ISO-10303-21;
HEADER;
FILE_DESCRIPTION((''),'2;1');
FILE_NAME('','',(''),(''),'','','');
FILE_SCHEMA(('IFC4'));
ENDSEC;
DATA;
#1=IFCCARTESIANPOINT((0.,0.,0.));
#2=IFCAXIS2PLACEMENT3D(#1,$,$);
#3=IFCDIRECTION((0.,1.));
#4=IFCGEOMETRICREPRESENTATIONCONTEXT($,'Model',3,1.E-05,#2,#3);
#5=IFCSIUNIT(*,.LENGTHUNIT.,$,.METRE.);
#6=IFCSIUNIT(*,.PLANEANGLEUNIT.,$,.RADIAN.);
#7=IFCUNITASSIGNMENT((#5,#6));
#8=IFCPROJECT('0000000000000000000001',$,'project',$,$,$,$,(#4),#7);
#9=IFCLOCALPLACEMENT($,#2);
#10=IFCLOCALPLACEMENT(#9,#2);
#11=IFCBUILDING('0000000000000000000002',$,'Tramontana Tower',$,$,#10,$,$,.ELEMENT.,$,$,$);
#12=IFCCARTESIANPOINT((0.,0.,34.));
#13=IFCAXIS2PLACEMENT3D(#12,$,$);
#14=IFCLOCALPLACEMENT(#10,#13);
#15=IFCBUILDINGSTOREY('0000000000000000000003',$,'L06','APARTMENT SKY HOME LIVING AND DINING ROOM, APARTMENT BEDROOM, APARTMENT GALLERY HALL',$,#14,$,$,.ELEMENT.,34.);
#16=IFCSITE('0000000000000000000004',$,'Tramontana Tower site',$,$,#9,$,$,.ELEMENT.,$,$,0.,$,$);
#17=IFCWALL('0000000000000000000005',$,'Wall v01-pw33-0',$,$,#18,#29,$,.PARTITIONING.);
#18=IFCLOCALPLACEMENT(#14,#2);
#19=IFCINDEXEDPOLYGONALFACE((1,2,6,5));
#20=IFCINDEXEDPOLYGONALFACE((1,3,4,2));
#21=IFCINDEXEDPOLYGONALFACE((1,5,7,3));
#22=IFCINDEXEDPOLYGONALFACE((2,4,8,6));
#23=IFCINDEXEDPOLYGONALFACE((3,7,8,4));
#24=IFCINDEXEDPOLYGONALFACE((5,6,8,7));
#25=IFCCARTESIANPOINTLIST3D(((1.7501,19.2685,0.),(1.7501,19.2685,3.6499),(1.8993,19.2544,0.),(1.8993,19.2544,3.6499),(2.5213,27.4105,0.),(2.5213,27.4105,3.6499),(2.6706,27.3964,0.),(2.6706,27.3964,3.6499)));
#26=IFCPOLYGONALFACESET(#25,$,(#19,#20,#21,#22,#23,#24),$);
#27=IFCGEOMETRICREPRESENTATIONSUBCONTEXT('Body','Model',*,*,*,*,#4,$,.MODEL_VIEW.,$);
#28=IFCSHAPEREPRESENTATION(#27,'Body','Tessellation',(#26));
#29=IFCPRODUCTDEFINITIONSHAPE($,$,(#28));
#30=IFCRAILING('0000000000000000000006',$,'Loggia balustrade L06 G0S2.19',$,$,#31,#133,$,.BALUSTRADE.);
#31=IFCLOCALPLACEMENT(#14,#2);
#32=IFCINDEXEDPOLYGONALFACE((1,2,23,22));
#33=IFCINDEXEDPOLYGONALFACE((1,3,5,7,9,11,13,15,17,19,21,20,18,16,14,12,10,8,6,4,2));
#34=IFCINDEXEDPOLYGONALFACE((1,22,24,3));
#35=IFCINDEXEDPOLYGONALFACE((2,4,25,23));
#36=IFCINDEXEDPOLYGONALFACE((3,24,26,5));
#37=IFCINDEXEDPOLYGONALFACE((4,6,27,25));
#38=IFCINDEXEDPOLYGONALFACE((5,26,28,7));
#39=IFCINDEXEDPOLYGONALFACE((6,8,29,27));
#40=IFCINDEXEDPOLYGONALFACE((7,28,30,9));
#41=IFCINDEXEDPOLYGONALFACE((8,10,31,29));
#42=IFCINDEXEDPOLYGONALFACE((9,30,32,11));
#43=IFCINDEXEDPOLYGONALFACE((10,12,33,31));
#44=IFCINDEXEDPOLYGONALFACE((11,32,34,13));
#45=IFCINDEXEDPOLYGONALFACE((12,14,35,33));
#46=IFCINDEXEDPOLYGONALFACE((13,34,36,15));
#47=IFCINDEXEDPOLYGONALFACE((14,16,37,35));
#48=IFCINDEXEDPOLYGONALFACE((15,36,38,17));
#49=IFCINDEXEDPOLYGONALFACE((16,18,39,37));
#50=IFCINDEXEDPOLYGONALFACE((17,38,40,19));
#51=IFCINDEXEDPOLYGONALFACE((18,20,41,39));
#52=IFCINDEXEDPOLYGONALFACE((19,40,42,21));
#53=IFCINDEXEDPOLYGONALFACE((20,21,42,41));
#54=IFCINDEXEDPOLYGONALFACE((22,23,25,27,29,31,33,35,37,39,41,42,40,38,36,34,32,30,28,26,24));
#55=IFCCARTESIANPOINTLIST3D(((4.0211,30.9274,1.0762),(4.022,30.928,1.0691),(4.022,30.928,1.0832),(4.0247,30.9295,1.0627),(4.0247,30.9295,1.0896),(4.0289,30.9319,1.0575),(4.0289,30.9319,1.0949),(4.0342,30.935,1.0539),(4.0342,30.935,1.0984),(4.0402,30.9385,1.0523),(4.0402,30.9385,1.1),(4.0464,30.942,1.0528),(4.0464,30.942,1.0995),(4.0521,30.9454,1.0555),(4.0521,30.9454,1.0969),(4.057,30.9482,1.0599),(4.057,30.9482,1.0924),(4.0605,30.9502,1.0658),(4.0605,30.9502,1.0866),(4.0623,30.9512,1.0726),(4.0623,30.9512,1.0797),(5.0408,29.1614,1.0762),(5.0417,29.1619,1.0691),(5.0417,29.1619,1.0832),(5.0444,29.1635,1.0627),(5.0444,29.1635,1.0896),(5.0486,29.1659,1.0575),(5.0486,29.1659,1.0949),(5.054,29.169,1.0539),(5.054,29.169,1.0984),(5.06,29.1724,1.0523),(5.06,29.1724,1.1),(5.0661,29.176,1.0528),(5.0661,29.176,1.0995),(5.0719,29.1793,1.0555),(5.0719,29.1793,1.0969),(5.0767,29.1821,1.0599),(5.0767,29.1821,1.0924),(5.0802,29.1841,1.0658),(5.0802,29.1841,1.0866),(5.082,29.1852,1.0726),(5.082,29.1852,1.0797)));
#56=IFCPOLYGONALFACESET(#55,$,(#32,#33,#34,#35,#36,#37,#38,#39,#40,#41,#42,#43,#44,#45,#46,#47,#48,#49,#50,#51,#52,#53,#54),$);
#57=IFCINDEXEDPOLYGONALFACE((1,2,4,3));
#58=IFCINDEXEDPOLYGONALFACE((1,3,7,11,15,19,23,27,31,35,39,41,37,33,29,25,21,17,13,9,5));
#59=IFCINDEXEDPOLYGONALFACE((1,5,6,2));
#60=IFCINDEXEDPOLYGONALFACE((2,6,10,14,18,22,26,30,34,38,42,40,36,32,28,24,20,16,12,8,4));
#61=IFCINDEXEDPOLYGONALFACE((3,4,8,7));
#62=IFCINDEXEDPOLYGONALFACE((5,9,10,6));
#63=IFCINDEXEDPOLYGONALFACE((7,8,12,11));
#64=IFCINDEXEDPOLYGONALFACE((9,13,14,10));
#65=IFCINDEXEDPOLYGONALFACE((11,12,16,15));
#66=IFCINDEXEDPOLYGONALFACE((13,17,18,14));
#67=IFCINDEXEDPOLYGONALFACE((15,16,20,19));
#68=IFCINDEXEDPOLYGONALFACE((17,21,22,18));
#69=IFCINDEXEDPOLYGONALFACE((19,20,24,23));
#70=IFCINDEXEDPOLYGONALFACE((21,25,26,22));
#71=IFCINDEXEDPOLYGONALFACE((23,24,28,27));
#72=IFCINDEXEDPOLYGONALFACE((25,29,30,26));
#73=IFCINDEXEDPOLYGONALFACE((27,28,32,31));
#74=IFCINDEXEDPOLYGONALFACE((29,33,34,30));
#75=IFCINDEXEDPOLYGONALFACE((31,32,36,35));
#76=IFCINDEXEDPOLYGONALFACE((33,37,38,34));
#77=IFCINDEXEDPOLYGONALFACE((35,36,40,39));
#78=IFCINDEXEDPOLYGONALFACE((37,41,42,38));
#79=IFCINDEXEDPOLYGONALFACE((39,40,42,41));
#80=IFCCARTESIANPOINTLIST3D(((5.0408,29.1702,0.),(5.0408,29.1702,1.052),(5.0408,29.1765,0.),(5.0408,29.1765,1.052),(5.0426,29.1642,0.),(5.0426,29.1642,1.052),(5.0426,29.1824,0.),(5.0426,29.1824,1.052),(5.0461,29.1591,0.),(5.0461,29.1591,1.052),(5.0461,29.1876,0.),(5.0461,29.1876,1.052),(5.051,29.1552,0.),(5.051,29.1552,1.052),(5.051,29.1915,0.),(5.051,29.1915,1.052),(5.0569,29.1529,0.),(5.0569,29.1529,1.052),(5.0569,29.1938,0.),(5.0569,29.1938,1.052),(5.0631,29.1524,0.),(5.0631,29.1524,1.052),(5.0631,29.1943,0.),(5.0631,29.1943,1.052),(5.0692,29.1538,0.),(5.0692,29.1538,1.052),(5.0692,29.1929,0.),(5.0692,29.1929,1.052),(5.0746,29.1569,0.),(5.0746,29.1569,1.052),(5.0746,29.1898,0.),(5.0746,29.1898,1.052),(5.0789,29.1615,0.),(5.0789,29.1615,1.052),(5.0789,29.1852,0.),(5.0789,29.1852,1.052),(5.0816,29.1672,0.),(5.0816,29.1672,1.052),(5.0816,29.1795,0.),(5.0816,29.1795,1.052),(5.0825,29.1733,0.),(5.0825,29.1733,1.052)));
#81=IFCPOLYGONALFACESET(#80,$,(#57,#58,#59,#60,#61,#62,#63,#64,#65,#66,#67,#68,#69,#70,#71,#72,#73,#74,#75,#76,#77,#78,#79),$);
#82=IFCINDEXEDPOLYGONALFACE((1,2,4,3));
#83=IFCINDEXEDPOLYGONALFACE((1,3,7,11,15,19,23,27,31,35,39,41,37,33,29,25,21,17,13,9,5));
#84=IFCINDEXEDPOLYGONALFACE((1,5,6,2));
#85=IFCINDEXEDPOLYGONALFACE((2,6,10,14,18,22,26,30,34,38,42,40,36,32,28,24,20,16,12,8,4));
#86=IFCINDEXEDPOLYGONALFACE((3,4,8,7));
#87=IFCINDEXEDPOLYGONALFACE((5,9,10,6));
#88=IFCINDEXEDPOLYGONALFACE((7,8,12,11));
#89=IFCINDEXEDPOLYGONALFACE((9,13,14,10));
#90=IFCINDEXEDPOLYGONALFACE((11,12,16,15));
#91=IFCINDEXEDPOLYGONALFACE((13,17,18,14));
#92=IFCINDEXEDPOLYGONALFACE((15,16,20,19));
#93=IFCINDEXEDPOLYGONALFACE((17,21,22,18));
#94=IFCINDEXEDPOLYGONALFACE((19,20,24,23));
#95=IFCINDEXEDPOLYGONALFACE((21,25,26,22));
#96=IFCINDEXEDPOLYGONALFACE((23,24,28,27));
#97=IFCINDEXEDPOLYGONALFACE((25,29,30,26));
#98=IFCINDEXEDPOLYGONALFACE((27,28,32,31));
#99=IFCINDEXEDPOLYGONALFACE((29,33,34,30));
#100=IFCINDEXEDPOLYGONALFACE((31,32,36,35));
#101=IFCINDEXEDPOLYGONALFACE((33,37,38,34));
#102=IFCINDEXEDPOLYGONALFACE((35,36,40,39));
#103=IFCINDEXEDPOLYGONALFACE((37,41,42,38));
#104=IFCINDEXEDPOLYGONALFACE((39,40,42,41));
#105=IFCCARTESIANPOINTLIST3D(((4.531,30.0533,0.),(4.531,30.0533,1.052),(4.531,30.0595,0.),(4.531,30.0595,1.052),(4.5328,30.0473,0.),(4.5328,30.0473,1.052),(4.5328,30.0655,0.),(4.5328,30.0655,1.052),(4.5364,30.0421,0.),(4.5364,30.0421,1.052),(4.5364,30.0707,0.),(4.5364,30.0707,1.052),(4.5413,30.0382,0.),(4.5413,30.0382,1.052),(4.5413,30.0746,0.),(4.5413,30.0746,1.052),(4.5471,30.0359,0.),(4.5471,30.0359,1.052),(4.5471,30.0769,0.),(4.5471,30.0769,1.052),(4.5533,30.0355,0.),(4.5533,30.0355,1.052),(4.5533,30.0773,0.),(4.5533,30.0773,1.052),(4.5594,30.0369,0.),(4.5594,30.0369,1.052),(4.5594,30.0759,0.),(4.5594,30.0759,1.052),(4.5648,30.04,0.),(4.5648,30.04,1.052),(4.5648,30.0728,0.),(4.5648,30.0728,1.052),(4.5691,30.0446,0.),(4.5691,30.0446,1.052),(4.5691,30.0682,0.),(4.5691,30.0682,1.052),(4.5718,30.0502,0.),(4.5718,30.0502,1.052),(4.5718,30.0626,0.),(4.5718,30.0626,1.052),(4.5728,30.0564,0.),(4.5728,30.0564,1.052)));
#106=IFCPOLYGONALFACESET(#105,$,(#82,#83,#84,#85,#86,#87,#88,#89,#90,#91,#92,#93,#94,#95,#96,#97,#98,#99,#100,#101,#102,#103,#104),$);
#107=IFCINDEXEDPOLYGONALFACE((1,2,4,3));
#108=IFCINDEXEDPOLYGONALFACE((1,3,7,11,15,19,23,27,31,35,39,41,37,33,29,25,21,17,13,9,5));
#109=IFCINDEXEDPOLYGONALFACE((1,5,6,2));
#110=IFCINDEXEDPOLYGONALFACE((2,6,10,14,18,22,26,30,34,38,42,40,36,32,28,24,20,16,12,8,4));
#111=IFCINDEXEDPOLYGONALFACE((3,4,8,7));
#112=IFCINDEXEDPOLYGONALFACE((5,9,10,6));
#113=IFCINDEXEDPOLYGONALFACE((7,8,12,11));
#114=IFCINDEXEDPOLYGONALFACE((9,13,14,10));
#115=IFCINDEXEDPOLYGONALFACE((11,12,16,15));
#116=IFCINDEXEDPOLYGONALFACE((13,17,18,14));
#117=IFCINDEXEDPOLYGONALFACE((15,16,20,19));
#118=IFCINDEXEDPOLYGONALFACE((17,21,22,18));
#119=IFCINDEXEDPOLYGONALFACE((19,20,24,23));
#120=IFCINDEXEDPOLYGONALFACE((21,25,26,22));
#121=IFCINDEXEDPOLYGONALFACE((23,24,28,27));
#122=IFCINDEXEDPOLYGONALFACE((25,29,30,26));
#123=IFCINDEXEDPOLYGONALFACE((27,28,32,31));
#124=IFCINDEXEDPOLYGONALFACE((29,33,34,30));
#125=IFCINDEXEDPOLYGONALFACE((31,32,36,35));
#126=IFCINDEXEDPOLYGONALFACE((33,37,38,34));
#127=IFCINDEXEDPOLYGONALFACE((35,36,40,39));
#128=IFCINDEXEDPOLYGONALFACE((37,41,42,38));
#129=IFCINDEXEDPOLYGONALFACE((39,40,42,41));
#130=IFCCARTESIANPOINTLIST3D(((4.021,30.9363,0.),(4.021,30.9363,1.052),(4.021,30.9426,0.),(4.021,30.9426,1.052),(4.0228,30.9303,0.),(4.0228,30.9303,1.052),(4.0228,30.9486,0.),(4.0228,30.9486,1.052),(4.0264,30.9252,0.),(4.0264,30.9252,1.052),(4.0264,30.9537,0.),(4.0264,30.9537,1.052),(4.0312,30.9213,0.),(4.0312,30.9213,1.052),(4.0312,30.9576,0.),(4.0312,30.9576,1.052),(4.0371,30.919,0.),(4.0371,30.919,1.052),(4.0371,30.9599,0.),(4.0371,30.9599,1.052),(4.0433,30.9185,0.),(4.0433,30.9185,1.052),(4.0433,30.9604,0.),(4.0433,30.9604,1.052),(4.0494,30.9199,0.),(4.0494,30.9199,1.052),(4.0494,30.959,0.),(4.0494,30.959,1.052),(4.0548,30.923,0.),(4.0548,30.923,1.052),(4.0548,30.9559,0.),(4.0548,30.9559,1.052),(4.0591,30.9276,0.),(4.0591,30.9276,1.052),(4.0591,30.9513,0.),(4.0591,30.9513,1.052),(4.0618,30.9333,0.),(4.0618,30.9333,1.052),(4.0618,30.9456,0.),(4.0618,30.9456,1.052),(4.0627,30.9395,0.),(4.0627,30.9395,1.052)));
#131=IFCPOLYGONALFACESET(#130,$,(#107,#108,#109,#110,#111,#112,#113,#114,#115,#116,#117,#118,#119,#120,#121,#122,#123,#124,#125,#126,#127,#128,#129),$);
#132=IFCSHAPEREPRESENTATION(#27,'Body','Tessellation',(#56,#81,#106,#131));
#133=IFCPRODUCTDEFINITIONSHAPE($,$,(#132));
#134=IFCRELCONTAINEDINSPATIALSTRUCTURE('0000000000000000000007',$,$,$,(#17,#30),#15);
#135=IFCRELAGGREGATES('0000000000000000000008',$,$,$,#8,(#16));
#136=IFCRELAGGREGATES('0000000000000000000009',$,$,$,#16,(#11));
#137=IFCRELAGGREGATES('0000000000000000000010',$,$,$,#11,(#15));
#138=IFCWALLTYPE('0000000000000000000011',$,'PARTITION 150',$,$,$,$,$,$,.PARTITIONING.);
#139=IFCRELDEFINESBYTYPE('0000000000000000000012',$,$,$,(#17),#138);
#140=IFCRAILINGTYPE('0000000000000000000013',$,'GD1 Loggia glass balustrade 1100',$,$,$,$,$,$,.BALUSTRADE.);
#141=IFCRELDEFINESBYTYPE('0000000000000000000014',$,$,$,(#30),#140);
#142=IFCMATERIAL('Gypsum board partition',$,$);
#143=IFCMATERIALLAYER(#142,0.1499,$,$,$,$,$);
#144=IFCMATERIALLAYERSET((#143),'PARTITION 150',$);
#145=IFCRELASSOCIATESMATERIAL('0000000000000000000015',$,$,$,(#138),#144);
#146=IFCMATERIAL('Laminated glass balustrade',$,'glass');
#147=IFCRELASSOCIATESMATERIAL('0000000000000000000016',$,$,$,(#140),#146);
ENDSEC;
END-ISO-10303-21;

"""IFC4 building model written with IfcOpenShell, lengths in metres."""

from ifc_helpers import new_model, si_unit, direction, frame, frame_2d, origin, origin_2d, place, context, subcontext, project, spatial, rectangle, circle, extrude, material, layer, layer_set, type_object, element, save


model = new_model("IFC4")

# Units and contexts
model_context = context("Model", 3, precision=1e-05, world=origin(), true_north=direction((0.0, 1.0)))
body_context = subcontext(model_context, "Body", "Model", "MODEL_VIEW")
ifc_project = project(units=[si_unit("LENGTHUNIT", "METRE"), si_unit("PLANEANGLEUNIT", "RADIAN")], contexts=[model_context])

# Site, building, storey
site_placement = place(None, origin())
site = spatial("IfcSite", under=ifc_project, at=site_placement, Name="Tramontana Tower site", CompositionType="ELEMENT", RefElevation=0.0)
building_placement = place(site_placement, origin())
building = spatial("IfcBuilding", under=site, at=building_placement, Name="Tramontana Tower", CompositionType="ELEMENT")
storey_placement = place(building_placement, frame((0.0, 0.0, 34.0)))
storey = spatial("IfcBuildingStorey", under=building, at=storey_placement, Name="L06", Description="APARTMENT SKY HOME LIVING AND DINING ROOM, APARTMENT BEDROOM, APARTMENT GALLERY HALL", CompositionType="ELEMENT", Elevation=34.0)

# Wall
ifc_material_1 = material(Name="Gypsum board partition")
ifc_layer_1 = layer(ifc_material_1, 0.1499)
ifc_layer_set_1 = layer_set([ifc_layer_1], Name="PARTITION 150")
wall_type_1 = type_object("IfcWallType", Name="PARTITION 150", PredefinedType="PARTITIONING", material=ifc_layer_set_1)
wall_1_placement = place(storey_placement, frame((2.5959, 27.4036, 0.0), z_axis=(0.0, 0.0, 1.0), x_axis=(-0.094301, -0.995544, 0.0)))
element("IfcWall", 1, at=wall_1_placement, inside=storey, type_object=wall_type_1, Name="Wall v01-pw33-0", PredefinedType="PARTITIONING", context=body_context, shape_type="SweptSolid", body=[
    extrude(rectangle(XDim=8.1785, YDim=0.1499, at=frame_2d((4.0894, 0.0))), origin(), (0.0, 0.0, 1.0), 3.6499),
])

# Railing
ifc_material_2 = material(Name="Laminated glass balustrade", Category="glass")
railing_type = type_object("IfcRailingType", Name="GD1 Loggia glass balustrade 1100", PredefinedType="BALUSTRADE", material=ifc_material_2)
railing_placement = place(storey_placement, frame((5.0615, 29.1733, 0.0)))
element("IfcRailing", 2, at=railing_placement, inside=storey, type_object=railing_type, Name="Loggia balustrade L06 G0S2.19", PredefinedType="BALUSTRADE", context=body_context, shape_type="SweptSolid", body=[
    extrude(circle(Radius=0.0239, at=origin_2d()), frame((0.0, 0.0, 1.0762), z_axis=(-0.50004, 0.866002, 0.0), x_axis=(-0.866002, -0.50004, 0.0)), (0.0, 0.0, 1.0), 2.0393),
    extrude(circle(Radius=0.021, at=origin_2d()), origin(), (0.0, 0.0, 1.0), 1.052),
    extrude(circle(Radius=0.021, at=origin_2d()), frame((-0.5098, 0.8831, 0.0)), (0.0, 0.0, 1.0), 1.052),
    extrude(circle(Radius=0.021, at=origin_2d()), frame((-1.0198, 1.7661, 0.0)), (0.0, 0.0, 1.0), 1.052),
])

save(model, "model.ifc")
